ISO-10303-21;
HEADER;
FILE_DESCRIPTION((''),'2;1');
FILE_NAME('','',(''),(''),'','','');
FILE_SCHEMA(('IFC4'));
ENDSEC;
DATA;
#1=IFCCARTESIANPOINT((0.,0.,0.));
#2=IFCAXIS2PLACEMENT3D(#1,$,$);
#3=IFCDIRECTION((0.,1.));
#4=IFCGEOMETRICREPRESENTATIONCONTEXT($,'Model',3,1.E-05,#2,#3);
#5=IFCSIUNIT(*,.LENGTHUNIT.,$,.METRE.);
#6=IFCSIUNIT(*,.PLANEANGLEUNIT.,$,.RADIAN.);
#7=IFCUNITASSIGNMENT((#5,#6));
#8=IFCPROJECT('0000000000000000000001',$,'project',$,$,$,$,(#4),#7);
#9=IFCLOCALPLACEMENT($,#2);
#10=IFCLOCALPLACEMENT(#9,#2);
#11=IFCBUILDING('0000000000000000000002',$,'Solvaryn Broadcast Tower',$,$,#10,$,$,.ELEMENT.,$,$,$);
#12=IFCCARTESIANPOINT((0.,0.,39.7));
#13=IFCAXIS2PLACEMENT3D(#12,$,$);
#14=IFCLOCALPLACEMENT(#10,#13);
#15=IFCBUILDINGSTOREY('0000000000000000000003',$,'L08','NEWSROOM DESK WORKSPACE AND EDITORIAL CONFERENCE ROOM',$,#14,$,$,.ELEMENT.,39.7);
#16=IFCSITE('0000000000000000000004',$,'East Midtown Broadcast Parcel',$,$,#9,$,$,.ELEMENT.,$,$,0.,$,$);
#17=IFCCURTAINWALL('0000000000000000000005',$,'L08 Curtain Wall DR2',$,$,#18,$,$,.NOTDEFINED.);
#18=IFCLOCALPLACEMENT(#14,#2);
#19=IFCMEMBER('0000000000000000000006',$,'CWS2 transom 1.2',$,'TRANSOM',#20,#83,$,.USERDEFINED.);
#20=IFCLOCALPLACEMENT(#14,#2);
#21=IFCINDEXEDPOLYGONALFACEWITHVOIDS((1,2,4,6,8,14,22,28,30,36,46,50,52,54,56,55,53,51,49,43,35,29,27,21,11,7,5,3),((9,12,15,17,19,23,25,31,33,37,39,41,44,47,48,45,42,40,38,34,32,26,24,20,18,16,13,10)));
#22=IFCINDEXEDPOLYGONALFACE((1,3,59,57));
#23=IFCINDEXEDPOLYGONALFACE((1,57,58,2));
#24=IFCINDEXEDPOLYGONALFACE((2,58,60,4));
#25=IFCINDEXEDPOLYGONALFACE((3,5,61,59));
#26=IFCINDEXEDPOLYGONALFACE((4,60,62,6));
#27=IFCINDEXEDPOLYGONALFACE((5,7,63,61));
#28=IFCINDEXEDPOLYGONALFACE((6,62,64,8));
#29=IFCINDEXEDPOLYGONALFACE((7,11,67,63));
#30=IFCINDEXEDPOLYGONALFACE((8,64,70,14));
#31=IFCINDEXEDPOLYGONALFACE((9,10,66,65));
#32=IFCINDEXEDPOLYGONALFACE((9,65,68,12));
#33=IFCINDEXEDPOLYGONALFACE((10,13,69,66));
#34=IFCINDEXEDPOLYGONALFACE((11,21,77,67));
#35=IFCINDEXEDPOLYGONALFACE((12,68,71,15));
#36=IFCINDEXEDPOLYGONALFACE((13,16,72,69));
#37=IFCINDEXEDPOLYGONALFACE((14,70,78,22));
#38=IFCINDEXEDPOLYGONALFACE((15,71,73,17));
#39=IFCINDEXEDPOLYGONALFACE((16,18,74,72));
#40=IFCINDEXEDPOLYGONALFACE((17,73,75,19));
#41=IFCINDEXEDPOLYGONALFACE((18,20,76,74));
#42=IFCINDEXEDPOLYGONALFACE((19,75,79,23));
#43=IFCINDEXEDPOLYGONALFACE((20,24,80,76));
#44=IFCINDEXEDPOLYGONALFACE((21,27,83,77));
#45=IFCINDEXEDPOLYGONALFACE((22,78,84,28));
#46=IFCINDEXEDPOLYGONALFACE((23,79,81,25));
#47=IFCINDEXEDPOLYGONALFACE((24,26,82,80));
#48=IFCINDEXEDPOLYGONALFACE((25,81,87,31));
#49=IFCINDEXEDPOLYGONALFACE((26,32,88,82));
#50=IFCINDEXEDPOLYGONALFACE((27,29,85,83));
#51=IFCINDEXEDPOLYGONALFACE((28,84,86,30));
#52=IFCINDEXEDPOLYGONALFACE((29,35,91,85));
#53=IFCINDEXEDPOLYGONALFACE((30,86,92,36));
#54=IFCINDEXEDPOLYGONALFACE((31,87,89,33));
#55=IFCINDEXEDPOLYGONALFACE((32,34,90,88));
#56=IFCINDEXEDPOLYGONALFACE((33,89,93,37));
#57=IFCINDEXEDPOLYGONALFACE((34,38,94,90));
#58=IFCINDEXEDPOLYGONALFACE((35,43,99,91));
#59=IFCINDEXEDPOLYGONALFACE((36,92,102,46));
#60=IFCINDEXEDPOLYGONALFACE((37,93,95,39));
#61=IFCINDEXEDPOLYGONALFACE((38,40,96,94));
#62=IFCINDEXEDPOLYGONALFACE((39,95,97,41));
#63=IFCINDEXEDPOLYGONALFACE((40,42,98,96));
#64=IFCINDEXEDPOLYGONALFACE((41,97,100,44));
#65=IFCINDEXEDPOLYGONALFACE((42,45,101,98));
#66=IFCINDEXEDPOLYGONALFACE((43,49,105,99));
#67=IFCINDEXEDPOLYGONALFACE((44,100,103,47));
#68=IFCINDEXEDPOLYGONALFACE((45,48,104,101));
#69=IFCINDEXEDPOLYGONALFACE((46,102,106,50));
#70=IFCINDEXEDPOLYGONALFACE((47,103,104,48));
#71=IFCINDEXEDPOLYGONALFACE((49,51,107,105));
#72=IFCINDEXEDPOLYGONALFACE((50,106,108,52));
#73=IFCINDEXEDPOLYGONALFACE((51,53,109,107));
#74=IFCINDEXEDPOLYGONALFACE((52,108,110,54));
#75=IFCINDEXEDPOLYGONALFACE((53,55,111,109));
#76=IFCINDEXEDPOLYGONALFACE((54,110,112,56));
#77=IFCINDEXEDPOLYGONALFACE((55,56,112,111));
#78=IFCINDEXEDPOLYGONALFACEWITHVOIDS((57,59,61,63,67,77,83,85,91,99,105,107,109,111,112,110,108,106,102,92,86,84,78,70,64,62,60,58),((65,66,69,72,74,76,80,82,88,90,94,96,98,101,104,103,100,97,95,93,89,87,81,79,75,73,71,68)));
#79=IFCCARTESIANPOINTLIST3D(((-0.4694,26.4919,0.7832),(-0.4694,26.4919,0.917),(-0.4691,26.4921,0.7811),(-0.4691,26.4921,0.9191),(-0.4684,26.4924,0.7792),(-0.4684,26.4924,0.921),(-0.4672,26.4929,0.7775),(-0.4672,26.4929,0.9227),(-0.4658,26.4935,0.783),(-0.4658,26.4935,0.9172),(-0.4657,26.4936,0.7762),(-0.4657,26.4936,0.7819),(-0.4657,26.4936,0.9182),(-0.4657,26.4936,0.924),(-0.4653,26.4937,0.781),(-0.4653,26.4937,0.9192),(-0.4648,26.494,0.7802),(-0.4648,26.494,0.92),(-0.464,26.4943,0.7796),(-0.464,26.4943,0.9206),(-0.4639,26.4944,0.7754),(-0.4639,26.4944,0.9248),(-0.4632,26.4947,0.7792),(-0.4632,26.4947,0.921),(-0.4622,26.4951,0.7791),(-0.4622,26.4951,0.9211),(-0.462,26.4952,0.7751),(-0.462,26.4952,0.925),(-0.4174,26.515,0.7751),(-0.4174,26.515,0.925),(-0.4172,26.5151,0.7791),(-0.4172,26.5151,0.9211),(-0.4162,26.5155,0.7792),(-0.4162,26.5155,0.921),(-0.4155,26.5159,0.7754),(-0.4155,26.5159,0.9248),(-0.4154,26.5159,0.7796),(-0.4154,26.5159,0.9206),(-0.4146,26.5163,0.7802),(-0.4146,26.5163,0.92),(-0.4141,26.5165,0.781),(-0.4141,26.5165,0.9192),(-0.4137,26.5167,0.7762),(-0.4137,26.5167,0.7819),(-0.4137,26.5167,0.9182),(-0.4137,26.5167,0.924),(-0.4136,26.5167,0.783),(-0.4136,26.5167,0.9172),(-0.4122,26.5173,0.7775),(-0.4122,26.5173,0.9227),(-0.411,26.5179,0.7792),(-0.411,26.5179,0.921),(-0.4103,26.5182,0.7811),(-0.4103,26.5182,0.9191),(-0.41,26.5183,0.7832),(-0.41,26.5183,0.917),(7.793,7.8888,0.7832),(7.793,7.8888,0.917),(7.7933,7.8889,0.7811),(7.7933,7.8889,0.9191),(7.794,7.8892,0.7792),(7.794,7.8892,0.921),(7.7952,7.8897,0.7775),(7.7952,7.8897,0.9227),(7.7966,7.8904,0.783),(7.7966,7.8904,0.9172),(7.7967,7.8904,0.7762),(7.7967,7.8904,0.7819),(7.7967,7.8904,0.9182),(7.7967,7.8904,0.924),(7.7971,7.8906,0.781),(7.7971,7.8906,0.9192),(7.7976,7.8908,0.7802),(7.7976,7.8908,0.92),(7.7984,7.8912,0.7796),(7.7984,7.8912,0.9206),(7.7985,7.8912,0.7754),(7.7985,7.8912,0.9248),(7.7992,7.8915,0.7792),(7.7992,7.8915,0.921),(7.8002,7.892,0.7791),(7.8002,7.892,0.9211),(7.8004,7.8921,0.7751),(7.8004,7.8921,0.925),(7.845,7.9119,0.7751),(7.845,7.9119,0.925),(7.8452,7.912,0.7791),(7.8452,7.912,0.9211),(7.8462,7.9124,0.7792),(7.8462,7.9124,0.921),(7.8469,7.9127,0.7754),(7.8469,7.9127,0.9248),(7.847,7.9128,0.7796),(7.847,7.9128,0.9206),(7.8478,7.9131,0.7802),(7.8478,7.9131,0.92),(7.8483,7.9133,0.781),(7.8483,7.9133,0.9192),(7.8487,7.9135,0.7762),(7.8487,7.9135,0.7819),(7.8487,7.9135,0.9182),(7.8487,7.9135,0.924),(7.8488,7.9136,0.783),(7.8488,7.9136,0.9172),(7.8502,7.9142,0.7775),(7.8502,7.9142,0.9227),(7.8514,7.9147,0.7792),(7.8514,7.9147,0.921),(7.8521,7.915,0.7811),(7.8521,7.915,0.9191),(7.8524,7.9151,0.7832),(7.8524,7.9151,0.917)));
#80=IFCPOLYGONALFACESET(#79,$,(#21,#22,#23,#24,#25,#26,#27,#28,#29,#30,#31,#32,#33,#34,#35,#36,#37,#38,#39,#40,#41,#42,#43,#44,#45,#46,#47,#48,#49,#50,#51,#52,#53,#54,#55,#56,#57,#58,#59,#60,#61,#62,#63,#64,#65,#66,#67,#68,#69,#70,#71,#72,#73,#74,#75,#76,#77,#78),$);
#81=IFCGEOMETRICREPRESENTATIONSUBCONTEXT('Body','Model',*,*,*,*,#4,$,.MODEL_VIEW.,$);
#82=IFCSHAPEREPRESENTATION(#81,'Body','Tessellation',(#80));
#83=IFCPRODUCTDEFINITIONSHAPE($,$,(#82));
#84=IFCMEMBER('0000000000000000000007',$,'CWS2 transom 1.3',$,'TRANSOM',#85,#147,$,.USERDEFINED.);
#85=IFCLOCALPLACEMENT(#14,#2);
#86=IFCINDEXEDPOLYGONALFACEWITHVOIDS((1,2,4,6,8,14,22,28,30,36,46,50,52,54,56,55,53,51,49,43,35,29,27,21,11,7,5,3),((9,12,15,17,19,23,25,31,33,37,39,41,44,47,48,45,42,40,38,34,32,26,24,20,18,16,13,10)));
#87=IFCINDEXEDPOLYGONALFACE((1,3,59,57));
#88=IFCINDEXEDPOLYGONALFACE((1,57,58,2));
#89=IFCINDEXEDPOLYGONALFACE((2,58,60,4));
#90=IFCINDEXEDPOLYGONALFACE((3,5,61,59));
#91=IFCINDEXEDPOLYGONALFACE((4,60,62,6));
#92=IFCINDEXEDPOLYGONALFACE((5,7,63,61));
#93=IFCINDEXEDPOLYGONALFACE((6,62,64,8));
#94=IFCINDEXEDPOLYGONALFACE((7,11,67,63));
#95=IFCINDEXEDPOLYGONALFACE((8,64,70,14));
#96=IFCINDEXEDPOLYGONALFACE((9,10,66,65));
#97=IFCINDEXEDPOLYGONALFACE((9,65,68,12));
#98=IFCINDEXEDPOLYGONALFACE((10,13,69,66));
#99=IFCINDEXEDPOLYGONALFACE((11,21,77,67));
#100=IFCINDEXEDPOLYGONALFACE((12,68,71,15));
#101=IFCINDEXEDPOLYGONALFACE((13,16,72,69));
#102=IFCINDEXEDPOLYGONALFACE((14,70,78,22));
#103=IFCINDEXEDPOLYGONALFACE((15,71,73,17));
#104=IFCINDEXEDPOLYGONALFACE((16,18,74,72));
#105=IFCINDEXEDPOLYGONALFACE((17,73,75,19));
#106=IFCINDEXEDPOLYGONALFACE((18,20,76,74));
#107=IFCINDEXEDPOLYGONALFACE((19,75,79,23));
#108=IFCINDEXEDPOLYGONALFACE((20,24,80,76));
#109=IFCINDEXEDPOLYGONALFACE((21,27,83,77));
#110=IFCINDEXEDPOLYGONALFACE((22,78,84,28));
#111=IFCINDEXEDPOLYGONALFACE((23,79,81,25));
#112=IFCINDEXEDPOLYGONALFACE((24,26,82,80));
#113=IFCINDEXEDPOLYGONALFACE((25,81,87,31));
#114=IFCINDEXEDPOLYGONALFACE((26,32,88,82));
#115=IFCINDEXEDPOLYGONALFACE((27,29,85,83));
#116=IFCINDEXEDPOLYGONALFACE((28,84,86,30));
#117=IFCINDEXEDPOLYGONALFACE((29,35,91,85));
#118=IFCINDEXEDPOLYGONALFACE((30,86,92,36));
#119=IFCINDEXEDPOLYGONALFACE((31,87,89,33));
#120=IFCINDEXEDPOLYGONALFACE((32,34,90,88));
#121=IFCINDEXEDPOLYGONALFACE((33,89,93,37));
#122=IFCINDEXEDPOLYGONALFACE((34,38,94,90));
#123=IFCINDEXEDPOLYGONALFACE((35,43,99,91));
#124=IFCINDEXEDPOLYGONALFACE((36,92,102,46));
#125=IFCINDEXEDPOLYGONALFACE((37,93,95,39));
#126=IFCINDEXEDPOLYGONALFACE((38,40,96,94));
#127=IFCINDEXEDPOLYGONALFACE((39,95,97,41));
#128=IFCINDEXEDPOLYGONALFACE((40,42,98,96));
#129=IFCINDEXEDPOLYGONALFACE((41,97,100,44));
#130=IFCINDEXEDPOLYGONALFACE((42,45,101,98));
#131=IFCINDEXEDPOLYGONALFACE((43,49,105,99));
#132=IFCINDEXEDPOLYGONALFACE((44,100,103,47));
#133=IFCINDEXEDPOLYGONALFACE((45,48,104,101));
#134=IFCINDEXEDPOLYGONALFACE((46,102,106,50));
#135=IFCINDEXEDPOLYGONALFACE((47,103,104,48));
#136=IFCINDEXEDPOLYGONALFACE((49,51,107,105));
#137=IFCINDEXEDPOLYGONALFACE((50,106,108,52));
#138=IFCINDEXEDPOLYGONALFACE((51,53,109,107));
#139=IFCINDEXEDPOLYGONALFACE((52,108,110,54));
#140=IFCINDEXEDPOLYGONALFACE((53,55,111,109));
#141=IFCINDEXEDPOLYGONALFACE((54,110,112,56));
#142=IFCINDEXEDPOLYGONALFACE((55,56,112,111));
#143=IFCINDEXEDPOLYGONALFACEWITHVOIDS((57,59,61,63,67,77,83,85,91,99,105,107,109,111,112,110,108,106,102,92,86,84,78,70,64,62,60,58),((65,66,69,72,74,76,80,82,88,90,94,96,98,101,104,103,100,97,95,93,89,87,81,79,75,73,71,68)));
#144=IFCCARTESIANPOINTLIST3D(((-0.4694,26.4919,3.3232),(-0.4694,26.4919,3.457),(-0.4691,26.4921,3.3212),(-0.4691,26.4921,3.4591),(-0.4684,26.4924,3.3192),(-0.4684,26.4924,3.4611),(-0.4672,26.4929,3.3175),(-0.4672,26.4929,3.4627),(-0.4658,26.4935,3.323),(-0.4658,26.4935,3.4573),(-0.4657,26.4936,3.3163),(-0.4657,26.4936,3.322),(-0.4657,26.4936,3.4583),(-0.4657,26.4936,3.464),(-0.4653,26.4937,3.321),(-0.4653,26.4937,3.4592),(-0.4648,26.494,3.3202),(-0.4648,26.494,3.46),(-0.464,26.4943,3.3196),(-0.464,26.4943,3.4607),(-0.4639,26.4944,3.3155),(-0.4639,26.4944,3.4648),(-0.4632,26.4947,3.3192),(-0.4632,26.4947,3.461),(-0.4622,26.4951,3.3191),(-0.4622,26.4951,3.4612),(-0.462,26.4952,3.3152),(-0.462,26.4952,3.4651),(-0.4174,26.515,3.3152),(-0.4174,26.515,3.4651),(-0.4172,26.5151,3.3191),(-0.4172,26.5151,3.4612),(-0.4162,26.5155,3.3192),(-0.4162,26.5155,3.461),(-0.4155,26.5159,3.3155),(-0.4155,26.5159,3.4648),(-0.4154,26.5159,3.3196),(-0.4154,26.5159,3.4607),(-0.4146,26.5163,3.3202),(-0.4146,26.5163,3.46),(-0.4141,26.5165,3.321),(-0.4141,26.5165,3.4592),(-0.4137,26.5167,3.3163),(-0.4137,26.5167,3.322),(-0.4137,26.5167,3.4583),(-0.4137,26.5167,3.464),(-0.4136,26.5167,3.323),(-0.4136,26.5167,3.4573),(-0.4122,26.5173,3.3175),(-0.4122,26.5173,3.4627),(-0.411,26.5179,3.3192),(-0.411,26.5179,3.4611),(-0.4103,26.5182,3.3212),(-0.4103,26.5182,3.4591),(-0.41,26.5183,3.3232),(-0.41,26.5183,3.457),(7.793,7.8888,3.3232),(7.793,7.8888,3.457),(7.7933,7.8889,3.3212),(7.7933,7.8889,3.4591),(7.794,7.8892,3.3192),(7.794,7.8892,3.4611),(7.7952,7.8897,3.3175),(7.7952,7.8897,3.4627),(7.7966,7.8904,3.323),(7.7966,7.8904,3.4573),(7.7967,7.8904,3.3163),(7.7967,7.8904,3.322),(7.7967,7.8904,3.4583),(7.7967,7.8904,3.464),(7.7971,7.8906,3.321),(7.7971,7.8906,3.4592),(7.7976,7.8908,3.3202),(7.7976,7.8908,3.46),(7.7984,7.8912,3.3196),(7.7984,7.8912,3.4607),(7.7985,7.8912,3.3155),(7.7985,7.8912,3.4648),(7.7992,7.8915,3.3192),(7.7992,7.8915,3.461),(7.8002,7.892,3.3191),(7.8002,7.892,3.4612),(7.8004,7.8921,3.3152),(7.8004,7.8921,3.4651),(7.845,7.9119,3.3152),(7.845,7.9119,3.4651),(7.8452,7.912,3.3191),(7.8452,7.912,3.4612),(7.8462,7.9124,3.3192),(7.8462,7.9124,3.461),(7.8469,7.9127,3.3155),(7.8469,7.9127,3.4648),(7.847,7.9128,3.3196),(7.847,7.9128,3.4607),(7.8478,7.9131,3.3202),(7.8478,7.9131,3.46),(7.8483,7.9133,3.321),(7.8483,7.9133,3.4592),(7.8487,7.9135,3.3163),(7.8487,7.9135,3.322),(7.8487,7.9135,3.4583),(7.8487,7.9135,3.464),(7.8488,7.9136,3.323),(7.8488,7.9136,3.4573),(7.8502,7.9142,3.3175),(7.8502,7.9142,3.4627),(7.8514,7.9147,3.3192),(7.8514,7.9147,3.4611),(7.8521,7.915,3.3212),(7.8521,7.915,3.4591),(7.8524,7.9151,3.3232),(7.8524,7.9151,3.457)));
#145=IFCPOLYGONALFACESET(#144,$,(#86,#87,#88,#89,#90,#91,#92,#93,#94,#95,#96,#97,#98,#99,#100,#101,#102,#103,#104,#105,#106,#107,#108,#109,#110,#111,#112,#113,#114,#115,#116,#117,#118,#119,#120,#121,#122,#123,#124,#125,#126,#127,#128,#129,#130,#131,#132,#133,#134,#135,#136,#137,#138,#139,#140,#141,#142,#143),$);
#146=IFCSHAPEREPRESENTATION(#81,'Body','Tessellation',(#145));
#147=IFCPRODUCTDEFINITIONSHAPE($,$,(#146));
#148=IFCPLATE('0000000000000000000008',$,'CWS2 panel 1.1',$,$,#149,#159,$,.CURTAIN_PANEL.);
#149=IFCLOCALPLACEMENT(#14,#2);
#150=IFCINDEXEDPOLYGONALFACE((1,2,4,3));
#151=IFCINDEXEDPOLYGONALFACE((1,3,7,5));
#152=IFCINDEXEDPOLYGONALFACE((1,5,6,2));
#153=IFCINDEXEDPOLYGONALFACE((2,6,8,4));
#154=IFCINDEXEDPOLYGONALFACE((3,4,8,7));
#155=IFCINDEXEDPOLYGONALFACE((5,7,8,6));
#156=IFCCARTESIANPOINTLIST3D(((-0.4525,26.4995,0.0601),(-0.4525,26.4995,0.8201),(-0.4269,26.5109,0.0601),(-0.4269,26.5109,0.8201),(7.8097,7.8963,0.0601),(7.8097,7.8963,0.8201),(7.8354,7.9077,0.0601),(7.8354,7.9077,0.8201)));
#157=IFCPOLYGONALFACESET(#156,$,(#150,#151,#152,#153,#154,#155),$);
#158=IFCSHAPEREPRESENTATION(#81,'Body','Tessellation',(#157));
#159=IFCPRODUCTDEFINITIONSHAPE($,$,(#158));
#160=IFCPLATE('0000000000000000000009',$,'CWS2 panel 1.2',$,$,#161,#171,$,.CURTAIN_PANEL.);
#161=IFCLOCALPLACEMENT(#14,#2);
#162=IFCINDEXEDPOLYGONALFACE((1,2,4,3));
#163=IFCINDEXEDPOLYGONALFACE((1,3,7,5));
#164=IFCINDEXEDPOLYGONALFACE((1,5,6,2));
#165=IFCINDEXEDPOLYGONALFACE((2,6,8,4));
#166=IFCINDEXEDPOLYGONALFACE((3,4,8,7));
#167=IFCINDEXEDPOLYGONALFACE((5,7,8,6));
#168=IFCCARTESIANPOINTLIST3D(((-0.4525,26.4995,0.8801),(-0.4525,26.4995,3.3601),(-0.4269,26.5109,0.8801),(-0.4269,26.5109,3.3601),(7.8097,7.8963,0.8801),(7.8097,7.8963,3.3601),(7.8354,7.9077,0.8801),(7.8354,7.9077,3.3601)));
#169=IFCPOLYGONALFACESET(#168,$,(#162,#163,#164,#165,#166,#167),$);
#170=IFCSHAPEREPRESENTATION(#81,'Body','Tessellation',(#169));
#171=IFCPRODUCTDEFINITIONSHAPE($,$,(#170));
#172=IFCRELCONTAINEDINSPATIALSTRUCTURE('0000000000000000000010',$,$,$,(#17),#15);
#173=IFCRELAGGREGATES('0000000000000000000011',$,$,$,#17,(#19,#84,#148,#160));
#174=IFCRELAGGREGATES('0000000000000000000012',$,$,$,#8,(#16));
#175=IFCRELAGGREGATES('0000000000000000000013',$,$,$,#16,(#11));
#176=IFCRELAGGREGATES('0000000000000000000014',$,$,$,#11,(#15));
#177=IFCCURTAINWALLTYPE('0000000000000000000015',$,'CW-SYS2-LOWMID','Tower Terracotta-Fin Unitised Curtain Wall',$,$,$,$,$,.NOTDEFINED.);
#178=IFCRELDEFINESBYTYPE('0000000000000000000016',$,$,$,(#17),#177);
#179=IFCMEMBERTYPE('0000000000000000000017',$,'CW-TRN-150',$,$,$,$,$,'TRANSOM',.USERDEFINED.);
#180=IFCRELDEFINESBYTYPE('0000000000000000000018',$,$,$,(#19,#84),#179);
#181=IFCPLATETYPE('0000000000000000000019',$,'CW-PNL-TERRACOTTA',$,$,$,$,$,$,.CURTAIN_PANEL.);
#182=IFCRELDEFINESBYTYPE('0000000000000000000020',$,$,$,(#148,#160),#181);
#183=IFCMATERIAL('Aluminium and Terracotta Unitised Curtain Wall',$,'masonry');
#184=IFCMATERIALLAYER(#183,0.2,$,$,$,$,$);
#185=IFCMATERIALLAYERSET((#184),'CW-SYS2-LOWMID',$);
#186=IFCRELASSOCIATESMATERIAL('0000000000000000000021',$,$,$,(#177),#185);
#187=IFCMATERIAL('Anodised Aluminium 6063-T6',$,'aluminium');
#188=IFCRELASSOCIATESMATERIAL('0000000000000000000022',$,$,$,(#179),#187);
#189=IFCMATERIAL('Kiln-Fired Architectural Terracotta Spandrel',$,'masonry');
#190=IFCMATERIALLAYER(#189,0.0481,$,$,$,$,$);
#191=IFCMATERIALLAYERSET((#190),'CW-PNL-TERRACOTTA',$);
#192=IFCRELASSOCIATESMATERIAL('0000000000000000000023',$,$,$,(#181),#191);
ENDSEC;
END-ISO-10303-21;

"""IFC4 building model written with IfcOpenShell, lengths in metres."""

from ifc_helpers import new_model, si_unit, direction, frame, origin, origin_2d, place, context, subcontext, project, spatial, rectangle, hollow_rectangle, extrude, material, layer, layer_set, material_profile, profile_set, type_object, element, aggregate, save


model = new_model("IFC4")

# Units and contexts
model_context = context("Model", 3, precision=1e-05, world=origin(), true_north=direction((0.0, 1.0)))
body_context = subcontext(model_context, "Body", "Model", "MODEL_VIEW")
ifc_project = project(units=[si_unit("LENGTHUNIT", "METRE"), si_unit("PLANEANGLEUNIT", "RADIAN")], contexts=[model_context])

# Site, building, storey
site_placement = place(None, origin())
site = spatial("IfcSite", under=ifc_project, at=site_placement, Name="East Midtown Broadcast Parcel", CompositionType="ELEMENT", RefElevation=0.0)
building_placement = place(site_placement, origin())
building = spatial("IfcBuilding", under=site, at=building_placement, Name="Solvaryn Broadcast Tower", CompositionType="ELEMENT")
storey_placement = place(building_placement, frame((0.0, 0.0, 39.7)))
storey = spatial("IfcBuildingStorey", under=building, at=storey_placement, Name="L08", Description="NEWSROOM DESK WORKSPACE AND EDITORIAL CONFERENCE ROOM", CompositionType="ELEMENT", Elevation=39.7)

# Shared definitions
ifc_material_1 = material(Name="Aluminium and Terracotta Unitised Curtain Wall", Category="masonry")
ifc_layer_1 = layer(ifc_material_1, 0.2)
ifc_layer_set_1 = layer_set([ifc_layer_1], Name="CW-SYS2-LOWMID")
curtain_wall_type = type_object("IfcCurtainWallType", Name="CW-SYS2-LOWMID", Description="Tower Terracotta-Fin Unitised Curtain Wall", PredefinedType="NOTDEFINED", material=ifc_layer_set_1)

# Curtain wall, members, plates
curtain_wall_1_placement = place(storey_placement, origin())
curtain_wall_1 = element("IfcCurtainWall", 1, at=curtain_wall_1_placement, inside=storey, type_object=curtain_wall_type, Name="L08 Curtain Wall DR2", PredefinedType="NOTDEFINED")
ifc_material_2 = material(Name="Anodised Aluminium 6063-T6", Category="aluminium")
ifc_material_profile_1 = material_profile(ifc_material_2, hollow_rectangle(XDim=0.0649, YDim=0.1499, WallThickness=0.0039, InnerFilletRadius=0.0039, OuterFilletRadius=0.0081, at=origin_2d()))
ifc_profile_set_1 = profile_set([ifc_material_profile_1], Name="Anodised Aluminium 6063-T6")
member_type_1 = type_object("IfcMemberType", Name="CW-TRN-150", ElementType="TRANSOM", PredefinedType="USERDEFINED", material=ifc_profile_set_1)
member_1_placement = place(storey_placement, frame((-0.4397, 26.5051, 0.8501), z_axis=(0.405906, -0.913915, 0.0), x_axis=(0.913915, 0.405906, 0.0)))
member_1 = element("IfcMember", 2, at=member_1_placement, type_object=member_type_1, Name="CWS2 transom 1.2", ObjectType="TRANSOM", PredefinedType="USERDEFINED", context=body_context, shape_type="SweptSolid", body=[
    extrude(hollow_rectangle(XDim=0.0649, YDim=0.1499, WallThickness=0.0039, InnerFilletRadius=0.0039, OuterFilletRadius=0.0081, at=origin_2d()), origin(), (0.0, 0.0, 1.0), 20.3555),
])
member_2_placement = place(storey_placement, frame((-0.4397, 26.5051, 3.3901), z_axis=(0.405906, -0.913915, 0.0), x_axis=(0.913915, 0.405906, 0.0)))
member_2 = element("IfcMember", 3, at=member_2_placement, type_object=member_type_1, Name="CWS2 transom 1.3", ObjectType="TRANSOM", PredefinedType="USERDEFINED", context=body_context, shape_type="SweptSolid", body=[
    extrude(hollow_rectangle(XDim=0.0649, YDim=0.1499, WallThickness=0.0039, InnerFilletRadius=0.0039, OuterFilletRadius=0.0081, at=origin_2d()), origin(), (0.0, 0.0, 1.0), 20.3555),
])
ifc_material_3 = material(Name="Kiln-Fired Architectural Terracotta Spandrel", Category="masonry")
ifc_layer_2 = layer(ifc_material_3, 0.0481)
ifc_layer_set_2 = layer_set([ifc_layer_2], Name="CW-PNL-TERRACOTTA")
plate_type = type_object("IfcPlateType", Name="CW-PNL-TERRACOTTA", PredefinedType="CURTAIN_PANEL", material=ifc_layer_set_2)
plate_1_placement = place(storey_placement, frame((3.6914, 17.2036, 0.0601), z_axis=(0.0, 0.0, 1.0), x_axis=(0.405898, -0.913918, 0.0)))
plate_1 = element("IfcPlate", 4, at=plate_1_placement, type_object=plate_type, Name="CWS2 panel 1.1", PredefinedType="CURTAIN_PANEL", context=body_context, shape_type="SweptSolid", body=[
    extrude(rectangle(XDim=20.3555, YDim=0.0281, at=origin_2d()), origin(), (0.0, 0.0, 1.0), 0.76),
])
plate_2_placement = place(storey_placement, frame((3.6914, 17.2036, 0.8801), z_axis=(0.0, 0.0, 1.0), x_axis=(0.405898, -0.913918, 0.0)))
plate_2 = element("IfcPlate", 5, at=plate_2_placement, type_object=plate_type, Name="CWS2 panel 1.2", PredefinedType="CURTAIN_PANEL", context=body_context, shape_type="SweptSolid", body=[
    extrude(rectangle(XDim=20.3555, YDim=0.0281, at=origin_2d()), origin(), (0.0, 0.0, 1.0), 2.48),
])
aggregate(curtain_wall_1, [member_1, member_2, plate_1, plate_2])

save(model, "model.ifc")
